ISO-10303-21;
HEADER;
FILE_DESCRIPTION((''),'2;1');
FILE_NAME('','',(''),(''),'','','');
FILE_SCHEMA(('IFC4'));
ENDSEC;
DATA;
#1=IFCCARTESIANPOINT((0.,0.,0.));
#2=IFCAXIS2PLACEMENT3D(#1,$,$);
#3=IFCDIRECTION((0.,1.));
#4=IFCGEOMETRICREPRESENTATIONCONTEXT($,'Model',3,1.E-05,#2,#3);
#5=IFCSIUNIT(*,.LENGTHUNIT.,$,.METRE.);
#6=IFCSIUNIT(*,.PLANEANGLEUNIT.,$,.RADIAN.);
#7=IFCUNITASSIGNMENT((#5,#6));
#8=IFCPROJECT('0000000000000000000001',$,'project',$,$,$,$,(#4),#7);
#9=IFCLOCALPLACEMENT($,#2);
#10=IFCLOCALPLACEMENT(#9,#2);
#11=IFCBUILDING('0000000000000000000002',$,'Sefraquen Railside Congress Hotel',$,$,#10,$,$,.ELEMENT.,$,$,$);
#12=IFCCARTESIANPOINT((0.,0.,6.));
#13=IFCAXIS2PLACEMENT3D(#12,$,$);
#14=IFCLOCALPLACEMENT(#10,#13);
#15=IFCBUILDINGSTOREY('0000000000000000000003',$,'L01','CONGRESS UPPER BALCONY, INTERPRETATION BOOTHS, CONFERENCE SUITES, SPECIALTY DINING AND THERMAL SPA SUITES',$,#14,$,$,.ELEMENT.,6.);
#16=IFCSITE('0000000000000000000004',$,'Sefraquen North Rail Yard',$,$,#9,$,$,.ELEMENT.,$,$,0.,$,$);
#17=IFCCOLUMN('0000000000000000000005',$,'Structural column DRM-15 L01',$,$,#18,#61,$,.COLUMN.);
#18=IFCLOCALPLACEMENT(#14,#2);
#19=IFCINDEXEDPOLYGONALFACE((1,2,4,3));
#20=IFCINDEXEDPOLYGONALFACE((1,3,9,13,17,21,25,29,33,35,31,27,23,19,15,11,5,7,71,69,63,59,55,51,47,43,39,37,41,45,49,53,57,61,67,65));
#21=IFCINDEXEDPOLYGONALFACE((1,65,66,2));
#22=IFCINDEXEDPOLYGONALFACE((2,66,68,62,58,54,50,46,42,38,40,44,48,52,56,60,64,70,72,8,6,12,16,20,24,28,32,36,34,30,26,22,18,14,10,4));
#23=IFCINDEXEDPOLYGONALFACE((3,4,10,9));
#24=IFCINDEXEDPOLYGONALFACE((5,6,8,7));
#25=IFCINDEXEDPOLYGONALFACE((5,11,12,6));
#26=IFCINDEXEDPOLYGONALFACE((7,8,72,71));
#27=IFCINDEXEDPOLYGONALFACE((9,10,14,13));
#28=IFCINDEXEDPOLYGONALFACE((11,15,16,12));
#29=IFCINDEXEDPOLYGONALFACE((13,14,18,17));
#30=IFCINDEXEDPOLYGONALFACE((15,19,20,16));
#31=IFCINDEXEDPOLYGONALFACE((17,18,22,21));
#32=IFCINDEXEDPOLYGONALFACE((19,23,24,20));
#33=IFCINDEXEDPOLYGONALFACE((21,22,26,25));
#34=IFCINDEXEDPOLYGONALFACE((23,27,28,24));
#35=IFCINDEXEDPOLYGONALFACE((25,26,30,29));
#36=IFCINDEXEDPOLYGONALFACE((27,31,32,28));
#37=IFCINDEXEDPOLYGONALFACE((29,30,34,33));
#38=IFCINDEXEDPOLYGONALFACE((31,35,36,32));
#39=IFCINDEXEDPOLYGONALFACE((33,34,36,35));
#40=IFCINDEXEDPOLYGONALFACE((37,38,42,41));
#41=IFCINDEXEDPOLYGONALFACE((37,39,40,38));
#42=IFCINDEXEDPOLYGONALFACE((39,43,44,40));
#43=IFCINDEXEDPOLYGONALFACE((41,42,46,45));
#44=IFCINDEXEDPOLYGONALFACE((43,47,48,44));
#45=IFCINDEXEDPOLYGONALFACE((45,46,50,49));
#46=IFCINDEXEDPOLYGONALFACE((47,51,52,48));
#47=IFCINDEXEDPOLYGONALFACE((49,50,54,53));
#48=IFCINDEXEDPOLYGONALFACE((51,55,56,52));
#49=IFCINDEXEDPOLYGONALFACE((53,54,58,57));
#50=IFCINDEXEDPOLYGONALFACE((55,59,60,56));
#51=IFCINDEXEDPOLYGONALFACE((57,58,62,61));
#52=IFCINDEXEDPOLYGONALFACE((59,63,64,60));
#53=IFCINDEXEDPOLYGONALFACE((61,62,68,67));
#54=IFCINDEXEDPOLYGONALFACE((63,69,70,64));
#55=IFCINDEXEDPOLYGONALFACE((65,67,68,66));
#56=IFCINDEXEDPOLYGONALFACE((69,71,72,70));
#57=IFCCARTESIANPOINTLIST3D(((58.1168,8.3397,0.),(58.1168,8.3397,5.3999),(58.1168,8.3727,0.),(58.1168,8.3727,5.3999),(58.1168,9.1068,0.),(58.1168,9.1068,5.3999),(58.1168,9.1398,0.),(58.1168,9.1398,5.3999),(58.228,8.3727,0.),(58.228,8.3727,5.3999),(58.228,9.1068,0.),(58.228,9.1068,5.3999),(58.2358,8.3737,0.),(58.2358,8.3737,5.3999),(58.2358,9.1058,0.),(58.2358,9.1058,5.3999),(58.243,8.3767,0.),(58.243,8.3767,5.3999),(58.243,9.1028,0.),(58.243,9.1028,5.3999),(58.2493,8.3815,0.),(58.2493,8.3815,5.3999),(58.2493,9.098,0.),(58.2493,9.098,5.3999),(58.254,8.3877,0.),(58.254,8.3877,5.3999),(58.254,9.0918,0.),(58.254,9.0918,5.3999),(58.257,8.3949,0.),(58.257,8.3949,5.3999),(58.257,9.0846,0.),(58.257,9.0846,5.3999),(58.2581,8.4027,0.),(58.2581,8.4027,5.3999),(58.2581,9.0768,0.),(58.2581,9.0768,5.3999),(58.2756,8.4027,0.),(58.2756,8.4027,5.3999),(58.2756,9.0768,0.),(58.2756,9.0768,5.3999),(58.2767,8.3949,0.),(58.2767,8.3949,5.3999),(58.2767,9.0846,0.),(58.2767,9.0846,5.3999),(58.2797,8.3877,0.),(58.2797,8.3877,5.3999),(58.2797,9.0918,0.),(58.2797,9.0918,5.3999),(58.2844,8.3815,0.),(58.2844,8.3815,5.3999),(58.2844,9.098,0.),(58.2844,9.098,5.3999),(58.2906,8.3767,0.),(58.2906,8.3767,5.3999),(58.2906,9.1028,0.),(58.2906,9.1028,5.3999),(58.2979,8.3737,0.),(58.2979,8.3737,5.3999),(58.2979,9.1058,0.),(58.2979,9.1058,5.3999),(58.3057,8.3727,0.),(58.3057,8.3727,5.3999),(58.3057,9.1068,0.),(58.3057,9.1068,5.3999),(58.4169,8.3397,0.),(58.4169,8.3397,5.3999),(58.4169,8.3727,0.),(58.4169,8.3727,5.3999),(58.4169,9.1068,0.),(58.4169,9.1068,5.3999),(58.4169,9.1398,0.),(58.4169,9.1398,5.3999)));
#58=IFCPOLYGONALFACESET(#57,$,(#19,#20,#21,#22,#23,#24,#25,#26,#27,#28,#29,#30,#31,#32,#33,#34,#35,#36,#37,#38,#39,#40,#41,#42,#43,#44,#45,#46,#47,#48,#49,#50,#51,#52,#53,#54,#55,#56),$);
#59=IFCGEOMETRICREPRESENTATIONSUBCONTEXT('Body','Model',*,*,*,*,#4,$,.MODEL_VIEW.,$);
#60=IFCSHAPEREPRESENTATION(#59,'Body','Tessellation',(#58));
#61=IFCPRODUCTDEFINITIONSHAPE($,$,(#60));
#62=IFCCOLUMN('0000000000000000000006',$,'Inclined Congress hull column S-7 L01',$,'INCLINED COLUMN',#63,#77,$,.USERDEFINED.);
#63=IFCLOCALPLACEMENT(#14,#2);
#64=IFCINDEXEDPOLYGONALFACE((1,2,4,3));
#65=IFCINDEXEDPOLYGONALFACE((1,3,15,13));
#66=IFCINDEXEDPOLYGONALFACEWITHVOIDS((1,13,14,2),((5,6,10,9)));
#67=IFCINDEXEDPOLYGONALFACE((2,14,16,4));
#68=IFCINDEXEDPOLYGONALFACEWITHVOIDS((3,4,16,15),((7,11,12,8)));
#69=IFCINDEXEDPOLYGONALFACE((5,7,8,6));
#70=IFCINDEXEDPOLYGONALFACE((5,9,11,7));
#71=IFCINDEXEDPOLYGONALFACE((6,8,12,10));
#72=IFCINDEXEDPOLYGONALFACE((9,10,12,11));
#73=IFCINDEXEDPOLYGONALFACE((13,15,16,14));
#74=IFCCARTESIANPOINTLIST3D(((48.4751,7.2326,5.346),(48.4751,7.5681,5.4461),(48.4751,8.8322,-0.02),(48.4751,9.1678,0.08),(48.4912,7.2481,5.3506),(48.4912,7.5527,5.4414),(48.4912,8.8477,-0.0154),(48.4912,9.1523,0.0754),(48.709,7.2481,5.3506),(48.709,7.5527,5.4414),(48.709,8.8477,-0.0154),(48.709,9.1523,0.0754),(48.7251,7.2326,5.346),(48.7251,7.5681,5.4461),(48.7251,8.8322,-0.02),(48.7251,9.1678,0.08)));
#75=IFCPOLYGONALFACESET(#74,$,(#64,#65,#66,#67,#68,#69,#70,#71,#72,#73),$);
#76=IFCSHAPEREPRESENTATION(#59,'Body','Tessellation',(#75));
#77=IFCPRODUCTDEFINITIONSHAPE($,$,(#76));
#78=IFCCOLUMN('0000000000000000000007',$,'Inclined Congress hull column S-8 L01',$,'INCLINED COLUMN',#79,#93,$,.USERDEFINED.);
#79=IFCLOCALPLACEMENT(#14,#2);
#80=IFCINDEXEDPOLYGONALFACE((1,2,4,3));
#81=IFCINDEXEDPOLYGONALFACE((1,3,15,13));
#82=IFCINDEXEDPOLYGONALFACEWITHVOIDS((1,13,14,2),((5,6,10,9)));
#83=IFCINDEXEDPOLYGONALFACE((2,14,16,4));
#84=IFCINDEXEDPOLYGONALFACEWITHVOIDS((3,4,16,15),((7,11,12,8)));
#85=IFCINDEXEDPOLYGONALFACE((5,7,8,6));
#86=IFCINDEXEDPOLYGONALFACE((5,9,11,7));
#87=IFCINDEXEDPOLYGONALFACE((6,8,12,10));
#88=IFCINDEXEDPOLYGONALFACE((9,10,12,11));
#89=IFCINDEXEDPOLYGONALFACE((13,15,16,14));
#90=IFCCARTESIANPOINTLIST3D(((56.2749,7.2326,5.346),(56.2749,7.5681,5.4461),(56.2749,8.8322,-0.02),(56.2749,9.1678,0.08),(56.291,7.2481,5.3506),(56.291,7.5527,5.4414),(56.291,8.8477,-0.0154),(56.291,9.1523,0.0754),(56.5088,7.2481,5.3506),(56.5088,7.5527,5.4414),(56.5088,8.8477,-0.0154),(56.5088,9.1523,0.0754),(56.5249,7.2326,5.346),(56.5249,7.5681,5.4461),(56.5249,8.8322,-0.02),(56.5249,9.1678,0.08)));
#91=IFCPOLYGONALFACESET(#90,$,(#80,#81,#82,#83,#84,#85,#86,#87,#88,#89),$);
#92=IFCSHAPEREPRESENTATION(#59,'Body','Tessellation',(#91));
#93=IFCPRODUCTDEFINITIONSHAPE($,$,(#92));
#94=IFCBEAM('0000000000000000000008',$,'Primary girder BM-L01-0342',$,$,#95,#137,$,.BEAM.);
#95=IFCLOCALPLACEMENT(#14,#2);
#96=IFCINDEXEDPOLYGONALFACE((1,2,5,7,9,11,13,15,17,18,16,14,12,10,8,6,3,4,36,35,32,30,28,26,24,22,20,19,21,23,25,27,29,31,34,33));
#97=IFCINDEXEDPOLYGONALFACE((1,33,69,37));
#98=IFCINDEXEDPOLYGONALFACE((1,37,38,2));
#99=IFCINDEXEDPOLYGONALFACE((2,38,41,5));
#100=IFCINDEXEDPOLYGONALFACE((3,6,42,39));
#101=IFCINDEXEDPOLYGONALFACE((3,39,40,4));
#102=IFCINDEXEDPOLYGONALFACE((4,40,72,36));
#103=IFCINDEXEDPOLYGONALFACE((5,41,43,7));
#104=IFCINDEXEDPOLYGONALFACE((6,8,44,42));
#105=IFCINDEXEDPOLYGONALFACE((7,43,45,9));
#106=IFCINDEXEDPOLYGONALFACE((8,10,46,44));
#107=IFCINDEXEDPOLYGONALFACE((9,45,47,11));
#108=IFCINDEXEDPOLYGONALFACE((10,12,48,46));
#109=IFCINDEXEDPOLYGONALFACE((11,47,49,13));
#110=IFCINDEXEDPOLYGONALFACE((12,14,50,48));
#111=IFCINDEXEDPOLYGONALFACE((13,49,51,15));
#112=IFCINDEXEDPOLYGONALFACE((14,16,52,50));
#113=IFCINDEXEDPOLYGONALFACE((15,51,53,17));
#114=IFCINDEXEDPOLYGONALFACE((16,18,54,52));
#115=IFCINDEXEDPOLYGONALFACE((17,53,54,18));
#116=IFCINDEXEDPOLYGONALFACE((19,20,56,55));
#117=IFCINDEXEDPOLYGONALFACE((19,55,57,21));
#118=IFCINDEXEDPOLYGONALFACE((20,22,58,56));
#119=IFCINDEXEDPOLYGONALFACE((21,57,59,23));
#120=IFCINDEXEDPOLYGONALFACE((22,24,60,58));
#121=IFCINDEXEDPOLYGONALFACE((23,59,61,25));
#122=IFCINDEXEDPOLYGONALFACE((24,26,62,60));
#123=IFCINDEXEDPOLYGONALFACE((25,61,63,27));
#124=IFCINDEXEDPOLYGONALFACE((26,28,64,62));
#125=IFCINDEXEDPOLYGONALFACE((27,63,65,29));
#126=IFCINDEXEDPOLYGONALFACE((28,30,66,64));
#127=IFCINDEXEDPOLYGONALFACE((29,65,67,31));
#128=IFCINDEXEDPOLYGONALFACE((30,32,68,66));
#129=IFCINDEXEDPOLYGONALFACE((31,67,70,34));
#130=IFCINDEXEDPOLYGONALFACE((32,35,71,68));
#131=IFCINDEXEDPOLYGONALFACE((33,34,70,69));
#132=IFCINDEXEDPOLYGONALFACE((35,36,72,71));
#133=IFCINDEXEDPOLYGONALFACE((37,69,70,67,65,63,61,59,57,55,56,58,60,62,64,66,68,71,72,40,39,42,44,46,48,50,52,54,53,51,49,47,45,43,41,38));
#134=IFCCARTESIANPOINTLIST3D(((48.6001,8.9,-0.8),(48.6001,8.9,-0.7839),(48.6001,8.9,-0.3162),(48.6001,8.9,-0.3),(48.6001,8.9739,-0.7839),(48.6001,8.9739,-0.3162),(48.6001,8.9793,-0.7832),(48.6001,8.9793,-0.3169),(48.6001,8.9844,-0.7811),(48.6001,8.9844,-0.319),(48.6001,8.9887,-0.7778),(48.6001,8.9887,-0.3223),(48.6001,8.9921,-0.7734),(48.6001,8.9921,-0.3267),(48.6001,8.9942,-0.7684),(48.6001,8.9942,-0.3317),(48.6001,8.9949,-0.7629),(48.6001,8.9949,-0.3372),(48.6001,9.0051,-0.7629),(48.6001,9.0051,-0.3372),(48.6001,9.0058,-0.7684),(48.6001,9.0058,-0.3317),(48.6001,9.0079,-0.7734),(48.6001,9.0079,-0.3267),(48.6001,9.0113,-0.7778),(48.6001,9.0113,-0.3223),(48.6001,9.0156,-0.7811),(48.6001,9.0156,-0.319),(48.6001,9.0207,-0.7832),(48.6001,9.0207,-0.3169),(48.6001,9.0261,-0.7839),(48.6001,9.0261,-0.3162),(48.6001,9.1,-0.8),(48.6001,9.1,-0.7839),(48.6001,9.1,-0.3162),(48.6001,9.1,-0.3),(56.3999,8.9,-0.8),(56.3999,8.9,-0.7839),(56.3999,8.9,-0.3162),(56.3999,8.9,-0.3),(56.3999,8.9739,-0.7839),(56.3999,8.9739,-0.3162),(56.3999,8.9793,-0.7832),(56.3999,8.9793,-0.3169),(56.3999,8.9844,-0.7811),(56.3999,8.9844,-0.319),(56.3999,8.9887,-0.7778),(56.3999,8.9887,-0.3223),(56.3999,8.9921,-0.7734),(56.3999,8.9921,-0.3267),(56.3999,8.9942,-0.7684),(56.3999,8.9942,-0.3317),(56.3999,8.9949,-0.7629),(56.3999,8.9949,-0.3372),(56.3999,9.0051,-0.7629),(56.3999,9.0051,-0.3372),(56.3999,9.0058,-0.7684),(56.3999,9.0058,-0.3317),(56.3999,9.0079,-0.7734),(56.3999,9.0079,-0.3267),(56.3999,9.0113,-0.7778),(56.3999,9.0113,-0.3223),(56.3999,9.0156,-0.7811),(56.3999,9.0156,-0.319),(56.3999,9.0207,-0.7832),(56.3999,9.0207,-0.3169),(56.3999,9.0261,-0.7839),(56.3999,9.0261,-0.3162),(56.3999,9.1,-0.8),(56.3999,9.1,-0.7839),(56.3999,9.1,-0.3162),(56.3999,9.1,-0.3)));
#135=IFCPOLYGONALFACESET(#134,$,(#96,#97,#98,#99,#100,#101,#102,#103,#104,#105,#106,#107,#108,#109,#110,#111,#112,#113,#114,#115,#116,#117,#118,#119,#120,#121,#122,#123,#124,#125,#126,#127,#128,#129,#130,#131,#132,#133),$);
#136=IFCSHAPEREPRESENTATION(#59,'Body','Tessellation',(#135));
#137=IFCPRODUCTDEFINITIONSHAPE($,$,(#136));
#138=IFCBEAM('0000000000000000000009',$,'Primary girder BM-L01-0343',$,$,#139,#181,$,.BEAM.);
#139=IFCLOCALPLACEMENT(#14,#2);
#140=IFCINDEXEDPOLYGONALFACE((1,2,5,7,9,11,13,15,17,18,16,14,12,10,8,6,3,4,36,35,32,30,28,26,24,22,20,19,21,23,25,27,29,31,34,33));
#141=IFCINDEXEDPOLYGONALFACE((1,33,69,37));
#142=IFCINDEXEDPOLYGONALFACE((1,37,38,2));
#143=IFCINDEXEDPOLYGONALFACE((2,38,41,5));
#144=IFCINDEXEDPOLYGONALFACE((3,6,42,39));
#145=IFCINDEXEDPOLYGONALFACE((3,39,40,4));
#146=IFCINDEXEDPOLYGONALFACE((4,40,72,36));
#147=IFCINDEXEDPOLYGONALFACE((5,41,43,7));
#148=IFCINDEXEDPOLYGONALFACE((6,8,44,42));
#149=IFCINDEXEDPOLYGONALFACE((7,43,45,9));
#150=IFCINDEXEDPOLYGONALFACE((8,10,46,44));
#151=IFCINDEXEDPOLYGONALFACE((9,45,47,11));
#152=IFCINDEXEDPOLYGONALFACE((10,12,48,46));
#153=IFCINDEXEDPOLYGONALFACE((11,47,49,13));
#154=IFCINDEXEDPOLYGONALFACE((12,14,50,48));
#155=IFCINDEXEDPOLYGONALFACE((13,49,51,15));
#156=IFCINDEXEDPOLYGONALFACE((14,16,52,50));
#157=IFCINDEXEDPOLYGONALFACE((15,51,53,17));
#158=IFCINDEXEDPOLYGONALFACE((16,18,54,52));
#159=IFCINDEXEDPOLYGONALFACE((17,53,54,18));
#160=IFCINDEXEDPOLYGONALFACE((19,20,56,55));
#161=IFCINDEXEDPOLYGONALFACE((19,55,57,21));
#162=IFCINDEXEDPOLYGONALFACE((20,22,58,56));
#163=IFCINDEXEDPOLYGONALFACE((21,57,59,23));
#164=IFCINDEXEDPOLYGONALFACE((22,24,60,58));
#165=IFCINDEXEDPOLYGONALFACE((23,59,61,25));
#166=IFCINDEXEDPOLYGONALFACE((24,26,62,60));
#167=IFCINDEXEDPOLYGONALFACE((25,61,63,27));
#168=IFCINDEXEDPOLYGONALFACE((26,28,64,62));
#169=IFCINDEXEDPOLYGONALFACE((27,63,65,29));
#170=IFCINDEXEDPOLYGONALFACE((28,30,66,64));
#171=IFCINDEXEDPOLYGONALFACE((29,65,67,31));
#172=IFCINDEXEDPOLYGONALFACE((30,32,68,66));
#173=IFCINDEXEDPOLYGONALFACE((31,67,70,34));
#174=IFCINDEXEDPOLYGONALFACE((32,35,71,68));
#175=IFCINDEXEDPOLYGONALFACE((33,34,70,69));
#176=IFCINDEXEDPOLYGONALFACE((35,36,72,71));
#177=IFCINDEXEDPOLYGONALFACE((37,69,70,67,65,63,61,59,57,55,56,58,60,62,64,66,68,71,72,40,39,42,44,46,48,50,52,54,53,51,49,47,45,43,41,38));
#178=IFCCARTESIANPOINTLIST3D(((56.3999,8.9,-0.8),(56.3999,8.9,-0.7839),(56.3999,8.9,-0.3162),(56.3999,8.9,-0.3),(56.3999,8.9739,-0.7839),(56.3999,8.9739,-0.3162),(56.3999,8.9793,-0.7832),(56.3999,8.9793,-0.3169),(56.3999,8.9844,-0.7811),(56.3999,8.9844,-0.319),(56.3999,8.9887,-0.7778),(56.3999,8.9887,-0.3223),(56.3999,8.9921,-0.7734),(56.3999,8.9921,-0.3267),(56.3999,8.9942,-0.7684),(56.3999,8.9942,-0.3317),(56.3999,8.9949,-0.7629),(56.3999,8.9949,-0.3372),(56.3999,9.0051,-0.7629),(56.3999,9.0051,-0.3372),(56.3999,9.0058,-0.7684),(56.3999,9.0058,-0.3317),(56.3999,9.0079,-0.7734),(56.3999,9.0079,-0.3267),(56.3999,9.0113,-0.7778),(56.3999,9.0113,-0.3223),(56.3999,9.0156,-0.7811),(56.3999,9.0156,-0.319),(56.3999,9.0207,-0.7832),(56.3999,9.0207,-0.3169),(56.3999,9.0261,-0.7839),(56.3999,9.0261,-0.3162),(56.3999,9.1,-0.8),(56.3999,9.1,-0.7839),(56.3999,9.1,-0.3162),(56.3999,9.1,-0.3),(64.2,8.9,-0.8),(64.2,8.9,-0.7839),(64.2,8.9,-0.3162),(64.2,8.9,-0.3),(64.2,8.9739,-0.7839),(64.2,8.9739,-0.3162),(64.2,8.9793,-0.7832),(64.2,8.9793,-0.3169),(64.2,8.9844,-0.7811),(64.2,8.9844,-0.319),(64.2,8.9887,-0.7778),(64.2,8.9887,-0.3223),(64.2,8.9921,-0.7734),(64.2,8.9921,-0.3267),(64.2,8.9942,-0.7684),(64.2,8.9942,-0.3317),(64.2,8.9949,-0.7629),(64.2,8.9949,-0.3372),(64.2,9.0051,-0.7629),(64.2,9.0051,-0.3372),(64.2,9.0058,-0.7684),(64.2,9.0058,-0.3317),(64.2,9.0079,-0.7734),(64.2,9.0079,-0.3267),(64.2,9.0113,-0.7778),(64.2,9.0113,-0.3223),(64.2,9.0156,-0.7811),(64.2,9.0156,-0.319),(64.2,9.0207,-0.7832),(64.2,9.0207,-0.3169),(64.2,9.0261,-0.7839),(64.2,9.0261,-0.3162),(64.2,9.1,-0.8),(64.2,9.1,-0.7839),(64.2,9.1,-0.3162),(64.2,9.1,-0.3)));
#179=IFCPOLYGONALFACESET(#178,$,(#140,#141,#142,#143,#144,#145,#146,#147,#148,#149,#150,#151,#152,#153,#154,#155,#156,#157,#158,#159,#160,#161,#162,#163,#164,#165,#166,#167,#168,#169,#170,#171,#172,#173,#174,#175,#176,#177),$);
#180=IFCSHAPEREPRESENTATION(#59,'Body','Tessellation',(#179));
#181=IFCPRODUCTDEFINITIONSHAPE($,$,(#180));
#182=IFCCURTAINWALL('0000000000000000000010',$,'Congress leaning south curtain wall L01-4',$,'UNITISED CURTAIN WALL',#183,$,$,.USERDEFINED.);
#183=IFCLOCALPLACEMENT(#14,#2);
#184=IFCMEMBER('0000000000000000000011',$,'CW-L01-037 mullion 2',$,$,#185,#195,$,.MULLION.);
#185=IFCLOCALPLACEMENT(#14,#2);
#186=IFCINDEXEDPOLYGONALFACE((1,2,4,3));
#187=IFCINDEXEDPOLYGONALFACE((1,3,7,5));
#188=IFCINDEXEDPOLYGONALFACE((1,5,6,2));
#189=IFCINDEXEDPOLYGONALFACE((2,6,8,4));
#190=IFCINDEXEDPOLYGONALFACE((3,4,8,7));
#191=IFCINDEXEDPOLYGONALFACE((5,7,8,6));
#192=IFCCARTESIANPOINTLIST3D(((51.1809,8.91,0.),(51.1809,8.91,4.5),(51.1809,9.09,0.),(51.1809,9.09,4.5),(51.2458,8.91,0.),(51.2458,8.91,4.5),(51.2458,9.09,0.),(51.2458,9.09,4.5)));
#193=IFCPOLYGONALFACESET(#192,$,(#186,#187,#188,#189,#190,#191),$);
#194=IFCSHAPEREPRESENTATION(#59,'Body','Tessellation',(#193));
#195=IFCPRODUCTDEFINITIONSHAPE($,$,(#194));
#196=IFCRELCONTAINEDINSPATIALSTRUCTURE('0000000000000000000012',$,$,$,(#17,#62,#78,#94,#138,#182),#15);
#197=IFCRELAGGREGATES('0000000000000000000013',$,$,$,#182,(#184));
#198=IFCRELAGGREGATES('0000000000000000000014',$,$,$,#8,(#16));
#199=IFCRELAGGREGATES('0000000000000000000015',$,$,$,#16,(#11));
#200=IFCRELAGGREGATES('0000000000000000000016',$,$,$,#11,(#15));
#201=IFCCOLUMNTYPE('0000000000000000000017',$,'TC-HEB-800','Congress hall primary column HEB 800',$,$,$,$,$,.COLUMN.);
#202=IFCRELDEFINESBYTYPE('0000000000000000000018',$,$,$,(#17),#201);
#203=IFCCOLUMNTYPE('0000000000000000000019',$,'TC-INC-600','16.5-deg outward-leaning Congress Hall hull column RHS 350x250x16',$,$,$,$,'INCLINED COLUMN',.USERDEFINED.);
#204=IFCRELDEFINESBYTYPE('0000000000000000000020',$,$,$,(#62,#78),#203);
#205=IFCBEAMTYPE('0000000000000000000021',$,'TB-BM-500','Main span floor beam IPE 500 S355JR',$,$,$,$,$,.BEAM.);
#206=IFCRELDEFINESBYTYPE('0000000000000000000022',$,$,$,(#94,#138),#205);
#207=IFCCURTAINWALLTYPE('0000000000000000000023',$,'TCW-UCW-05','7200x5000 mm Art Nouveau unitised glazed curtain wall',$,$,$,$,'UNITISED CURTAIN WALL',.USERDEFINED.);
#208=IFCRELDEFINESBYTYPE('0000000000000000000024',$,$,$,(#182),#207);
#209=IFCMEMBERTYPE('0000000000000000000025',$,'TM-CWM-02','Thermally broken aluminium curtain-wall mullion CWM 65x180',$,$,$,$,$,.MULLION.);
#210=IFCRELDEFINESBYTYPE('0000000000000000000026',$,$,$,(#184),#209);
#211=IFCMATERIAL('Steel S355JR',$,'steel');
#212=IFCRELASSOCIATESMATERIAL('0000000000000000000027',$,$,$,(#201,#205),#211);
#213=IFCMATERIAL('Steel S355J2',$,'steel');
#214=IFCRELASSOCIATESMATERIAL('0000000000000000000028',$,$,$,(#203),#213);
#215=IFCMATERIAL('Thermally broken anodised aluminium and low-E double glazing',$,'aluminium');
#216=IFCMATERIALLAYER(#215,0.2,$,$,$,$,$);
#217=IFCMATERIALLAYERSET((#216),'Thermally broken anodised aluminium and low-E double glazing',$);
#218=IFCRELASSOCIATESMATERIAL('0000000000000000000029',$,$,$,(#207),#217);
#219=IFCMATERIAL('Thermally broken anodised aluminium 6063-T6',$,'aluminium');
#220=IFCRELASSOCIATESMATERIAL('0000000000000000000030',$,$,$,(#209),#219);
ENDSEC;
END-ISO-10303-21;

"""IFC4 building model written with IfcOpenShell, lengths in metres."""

from ifc_helpers import new_model, si_unit, direction, frame, origin, origin_2d, place, context, subcontext, project, spatial, rectangle, hollow_rectangle, i_section, extrude, material, layer, layer_set, material_profile, profile_set, type_object, element, aggregate, save


model = new_model("IFC4")

# Units and contexts
model_context = context("Model", 3, precision=1e-05, world=origin(), true_north=direction((0.0, 1.0)))
body_context = subcontext(model_context, "Body", "Model", "MODEL_VIEW")
ifc_project = project(units=[si_unit("LENGTHUNIT", "METRE"), si_unit("PLANEANGLEUNIT", "RADIAN")], contexts=[model_context])

# Site, building, storey
site_placement = place(None, origin())
site = spatial("IfcSite", under=ifc_project, at=site_placement, Name="Sefraquen North Rail Yard", CompositionType="ELEMENT", RefElevation=0.0)
building_placement = place(site_placement, origin())
building = spatial("IfcBuilding", under=site, at=building_placement, Name="Sefraquen Railside Congress Hotel", CompositionType="ELEMENT")
storey_placement = place(building_placement, frame((0.0, 0.0, 6.0)))
storey = spatial("IfcBuildingStorey", under=building, at=storey_placement, Name="L01", Description="CONGRESS UPPER BALCONY, INTERPRETATION BOOTHS, CONFERENCE SUITES, SPECIALTY DINING AND THERMAL SPA SUITES", CompositionType="ELEMENT", Elevation=6.0)

# Columns
ifc_material_1 = material(Name="Steel S355JR", Category="steel")
ifc_material_profile_1 = material_profile(ifc_material_1, i_section(OverallWidth=0.3, OverallDepth=0.8, WebThickness=0.0176, FlangeThickness=0.033, FilletRadius=0.03, at=origin_2d()), Name="HEB 800")
ifc_profile_set_1 = profile_set([ifc_material_profile_1], Name="Steel S355JR")
column_type_1 = type_object("IfcColumnType", Name="TC-HEB-800", Description="Congress hall primary column HEB 800", PredefinedType="COLUMN", material=ifc_profile_set_1)
column_placement = place(storey_placement, frame((58.2668, 8.7397, 0.0), z_axis=(0.0, 0.0, 1.0), x_axis=(1.0, 0.0, 0.0)))
element("IfcColumn", 1, at=column_placement, inside=storey, type_object=column_type_1, Name="Structural column DRM-15 L01", PredefinedType="COLUMN", context=body_context, shape_type="SweptSolid", body=[
    extrude(i_section(OverallWidth=0.3, OverallDepth=0.8, WebThickness=0.0176, FlangeThickness=0.033, FilletRadius=0.03, at=origin_2d()), origin(), (0.0, 0.0, 1.0), 5.3999),
])
ifc_material_2 = material(Name="Steel S355J2", Category="steel")
ifc_material_profile_2 = material_profile(ifc_material_2, hollow_rectangle(XDim=0.25, YDim=0.3501, WallThickness=0.0161, at=origin_2d()), Name="RHS 350x250x16")
ifc_profile_set_2 = profile_set([ifc_material_profile_2], Name="Steel S355J2")
column_type_2 = type_object("IfcColumnType", Name="TC-INC-600", Description="16.5-deg outward-leaning Congress Hall hull column RHS 350x250x16", ElementType="INCLINED COLUMN", PredefinedType="USERDEFINED", material=ifc_profile_set_2)
for number, where, z_axis, x_axis, name in (
    (2, (48.6001, 9.0, 0.03), (0.0, -0.285679, 0.958325), (1.0, 0.0, 0.0), "Inclined Congress hull column S-7 L01"),
    (3, (56.3999, 9.0, 0.03), (0.0, -0.285679, 0.958325), (1.0, 0.0, 0.0), "Inclined Congress hull column S-8 L01"),
):
    element("IfcColumn", number, at=place(storey_placement, frame(where, z_axis=z_axis, x_axis=x_axis)), inside=storey, type_object=column_type_2, Name=name, ObjectType="INCLINED COLUMN", PredefinedType="USERDEFINED", context=body_context, shape_type="SweptSolid", body=[
        extrude(hollow_rectangle(XDim=0.25, YDim=0.3501, WallThickness=0.0161, at=origin_2d()), origin(), (0.0, 0.0, 1.0), 5.5994),
    ])

# Beams
ifc_material_profile_3 = material_profile(ifc_material_1, i_section(OverallWidth=0.2, OverallDepth=0.5, WebThickness=0.0103, FlangeThickness=0.0161, FilletRadius=0.021, at=origin_2d()), Name="IPE 500")
ifc_profile_set_3 = profile_set([ifc_material_profile_3], Name="Steel S355JR")
beam_type = type_object("IfcBeamType", Name="TB-BM-500", Description="Main span floor beam IPE 500 S355JR", PredefinedType="BEAM", material=ifc_profile_set_3)
beam_1_placement = place(storey_placement, frame((48.6001, 9.0, -0.55), z_axis=(1.0, 0.0, 0.0), x_axis=(0.0, 1.0, 0.0)))
element("IfcBeam", 4, at=beam_1_placement, inside=storey, type_object=beam_type, Name="Primary girder BM-L01-0342", PredefinedType="BEAM", context=body_context, shape_type="SweptSolid", body=[
    extrude(i_section(OverallWidth=0.2, OverallDepth=0.5, WebThickness=0.0103, FlangeThickness=0.0161, FilletRadius=0.021, at=origin_2d()), origin(), (0.0, 0.0, 1.0), 7.7998),
])
beam_2_placement = place(storey_placement, frame((56.3999, 9.0, -0.55), z_axis=(1.0, 0.0, 0.0), x_axis=(0.0, 1.0, 0.0)))
element("IfcBeam", 5, at=beam_2_placement, inside=storey, type_object=beam_type, Name="Primary girder BM-L01-0343", PredefinedType="BEAM", context=body_context, shape_type="SweptSolid", body=[
    extrude(i_section(OverallWidth=0.2, OverallDepth=0.5, WebThickness=0.0103, FlangeThickness=0.0161, FilletRadius=0.021, at=origin_2d()), origin(), (0.0, 0.0, 1.0), 7.8),
])

# Curtain wall, member
ifc_material_3 = material(Name="Thermally broken anodised aluminium and low-E double glazing", Category="aluminium")
ifc_layer_1 = layer(ifc_material_3, 0.2)
ifc_layer_set_1 = layer_set([ifc_layer_1], Name="Thermally broken anodised aluminium and low-E double glazing")
curtain_wall_type_1 = type_object("IfcCurtainWallType", Name="TCW-UCW-05", Description="7200x5000 mm Art Nouveau unitised glazed curtain wall", ElementType="UNITISED CURTAIN WALL", PredefinedType="USERDEFINED", material=ifc_layer_set_1)
curtain_wall_1_placement = place(storey_placement, origin())
curtain_wall_1 = element("IfcCurtainWall", 6, at=curtain_wall_1_placement, inside=storey, type_object=curtain_wall_type_1, Name="Congress leaning south curtain wall L01-4", ObjectType="UNITISED CURTAIN WALL", PredefinedType="USERDEFINED")
ifc_material_4 = material(Name="Thermally broken anodised aluminium 6063-T6", Category="aluminium")
ifc_material_profile_4 = material_profile(ifc_material_4, rectangle(XDim=0.0649, YDim=0.1799, at=origin_2d()), Name="CWM 65x180")
ifc_profile_set_4 = profile_set([ifc_material_profile_4], Name="Thermally broken anodised aluminium 6063-T6")
member_type_1 = type_object("IfcMemberType", Name="TM-CWM-02", Description="Thermally broken aluminium curtain-wall mullion CWM 65x180", PredefinedType="MULLION", material=ifc_profile_set_4)
member_1_placement = place(storey_placement, frame((51.2134, 9.0, 0.0), z_axis=(0.0, 0.0, 1.0), x_axis=(1.0, 0.0, 0.0)))
member_1 = element("IfcMember", 7, at=member_1_placement, type_object=member_type_1, Name="CW-L01-037 mullion 2", PredefinedType="MULLION", context=body_context, shape_type="SweptSolid", body=[
    extrude(rectangle(XDim=0.0649, YDim=0.1799, at=origin_2d()), origin(), (0.0, 0.0, 1.0), 4.5),
])

aggregate(curtain_wall_1, [member_1])

save(model, "model.ifc")
